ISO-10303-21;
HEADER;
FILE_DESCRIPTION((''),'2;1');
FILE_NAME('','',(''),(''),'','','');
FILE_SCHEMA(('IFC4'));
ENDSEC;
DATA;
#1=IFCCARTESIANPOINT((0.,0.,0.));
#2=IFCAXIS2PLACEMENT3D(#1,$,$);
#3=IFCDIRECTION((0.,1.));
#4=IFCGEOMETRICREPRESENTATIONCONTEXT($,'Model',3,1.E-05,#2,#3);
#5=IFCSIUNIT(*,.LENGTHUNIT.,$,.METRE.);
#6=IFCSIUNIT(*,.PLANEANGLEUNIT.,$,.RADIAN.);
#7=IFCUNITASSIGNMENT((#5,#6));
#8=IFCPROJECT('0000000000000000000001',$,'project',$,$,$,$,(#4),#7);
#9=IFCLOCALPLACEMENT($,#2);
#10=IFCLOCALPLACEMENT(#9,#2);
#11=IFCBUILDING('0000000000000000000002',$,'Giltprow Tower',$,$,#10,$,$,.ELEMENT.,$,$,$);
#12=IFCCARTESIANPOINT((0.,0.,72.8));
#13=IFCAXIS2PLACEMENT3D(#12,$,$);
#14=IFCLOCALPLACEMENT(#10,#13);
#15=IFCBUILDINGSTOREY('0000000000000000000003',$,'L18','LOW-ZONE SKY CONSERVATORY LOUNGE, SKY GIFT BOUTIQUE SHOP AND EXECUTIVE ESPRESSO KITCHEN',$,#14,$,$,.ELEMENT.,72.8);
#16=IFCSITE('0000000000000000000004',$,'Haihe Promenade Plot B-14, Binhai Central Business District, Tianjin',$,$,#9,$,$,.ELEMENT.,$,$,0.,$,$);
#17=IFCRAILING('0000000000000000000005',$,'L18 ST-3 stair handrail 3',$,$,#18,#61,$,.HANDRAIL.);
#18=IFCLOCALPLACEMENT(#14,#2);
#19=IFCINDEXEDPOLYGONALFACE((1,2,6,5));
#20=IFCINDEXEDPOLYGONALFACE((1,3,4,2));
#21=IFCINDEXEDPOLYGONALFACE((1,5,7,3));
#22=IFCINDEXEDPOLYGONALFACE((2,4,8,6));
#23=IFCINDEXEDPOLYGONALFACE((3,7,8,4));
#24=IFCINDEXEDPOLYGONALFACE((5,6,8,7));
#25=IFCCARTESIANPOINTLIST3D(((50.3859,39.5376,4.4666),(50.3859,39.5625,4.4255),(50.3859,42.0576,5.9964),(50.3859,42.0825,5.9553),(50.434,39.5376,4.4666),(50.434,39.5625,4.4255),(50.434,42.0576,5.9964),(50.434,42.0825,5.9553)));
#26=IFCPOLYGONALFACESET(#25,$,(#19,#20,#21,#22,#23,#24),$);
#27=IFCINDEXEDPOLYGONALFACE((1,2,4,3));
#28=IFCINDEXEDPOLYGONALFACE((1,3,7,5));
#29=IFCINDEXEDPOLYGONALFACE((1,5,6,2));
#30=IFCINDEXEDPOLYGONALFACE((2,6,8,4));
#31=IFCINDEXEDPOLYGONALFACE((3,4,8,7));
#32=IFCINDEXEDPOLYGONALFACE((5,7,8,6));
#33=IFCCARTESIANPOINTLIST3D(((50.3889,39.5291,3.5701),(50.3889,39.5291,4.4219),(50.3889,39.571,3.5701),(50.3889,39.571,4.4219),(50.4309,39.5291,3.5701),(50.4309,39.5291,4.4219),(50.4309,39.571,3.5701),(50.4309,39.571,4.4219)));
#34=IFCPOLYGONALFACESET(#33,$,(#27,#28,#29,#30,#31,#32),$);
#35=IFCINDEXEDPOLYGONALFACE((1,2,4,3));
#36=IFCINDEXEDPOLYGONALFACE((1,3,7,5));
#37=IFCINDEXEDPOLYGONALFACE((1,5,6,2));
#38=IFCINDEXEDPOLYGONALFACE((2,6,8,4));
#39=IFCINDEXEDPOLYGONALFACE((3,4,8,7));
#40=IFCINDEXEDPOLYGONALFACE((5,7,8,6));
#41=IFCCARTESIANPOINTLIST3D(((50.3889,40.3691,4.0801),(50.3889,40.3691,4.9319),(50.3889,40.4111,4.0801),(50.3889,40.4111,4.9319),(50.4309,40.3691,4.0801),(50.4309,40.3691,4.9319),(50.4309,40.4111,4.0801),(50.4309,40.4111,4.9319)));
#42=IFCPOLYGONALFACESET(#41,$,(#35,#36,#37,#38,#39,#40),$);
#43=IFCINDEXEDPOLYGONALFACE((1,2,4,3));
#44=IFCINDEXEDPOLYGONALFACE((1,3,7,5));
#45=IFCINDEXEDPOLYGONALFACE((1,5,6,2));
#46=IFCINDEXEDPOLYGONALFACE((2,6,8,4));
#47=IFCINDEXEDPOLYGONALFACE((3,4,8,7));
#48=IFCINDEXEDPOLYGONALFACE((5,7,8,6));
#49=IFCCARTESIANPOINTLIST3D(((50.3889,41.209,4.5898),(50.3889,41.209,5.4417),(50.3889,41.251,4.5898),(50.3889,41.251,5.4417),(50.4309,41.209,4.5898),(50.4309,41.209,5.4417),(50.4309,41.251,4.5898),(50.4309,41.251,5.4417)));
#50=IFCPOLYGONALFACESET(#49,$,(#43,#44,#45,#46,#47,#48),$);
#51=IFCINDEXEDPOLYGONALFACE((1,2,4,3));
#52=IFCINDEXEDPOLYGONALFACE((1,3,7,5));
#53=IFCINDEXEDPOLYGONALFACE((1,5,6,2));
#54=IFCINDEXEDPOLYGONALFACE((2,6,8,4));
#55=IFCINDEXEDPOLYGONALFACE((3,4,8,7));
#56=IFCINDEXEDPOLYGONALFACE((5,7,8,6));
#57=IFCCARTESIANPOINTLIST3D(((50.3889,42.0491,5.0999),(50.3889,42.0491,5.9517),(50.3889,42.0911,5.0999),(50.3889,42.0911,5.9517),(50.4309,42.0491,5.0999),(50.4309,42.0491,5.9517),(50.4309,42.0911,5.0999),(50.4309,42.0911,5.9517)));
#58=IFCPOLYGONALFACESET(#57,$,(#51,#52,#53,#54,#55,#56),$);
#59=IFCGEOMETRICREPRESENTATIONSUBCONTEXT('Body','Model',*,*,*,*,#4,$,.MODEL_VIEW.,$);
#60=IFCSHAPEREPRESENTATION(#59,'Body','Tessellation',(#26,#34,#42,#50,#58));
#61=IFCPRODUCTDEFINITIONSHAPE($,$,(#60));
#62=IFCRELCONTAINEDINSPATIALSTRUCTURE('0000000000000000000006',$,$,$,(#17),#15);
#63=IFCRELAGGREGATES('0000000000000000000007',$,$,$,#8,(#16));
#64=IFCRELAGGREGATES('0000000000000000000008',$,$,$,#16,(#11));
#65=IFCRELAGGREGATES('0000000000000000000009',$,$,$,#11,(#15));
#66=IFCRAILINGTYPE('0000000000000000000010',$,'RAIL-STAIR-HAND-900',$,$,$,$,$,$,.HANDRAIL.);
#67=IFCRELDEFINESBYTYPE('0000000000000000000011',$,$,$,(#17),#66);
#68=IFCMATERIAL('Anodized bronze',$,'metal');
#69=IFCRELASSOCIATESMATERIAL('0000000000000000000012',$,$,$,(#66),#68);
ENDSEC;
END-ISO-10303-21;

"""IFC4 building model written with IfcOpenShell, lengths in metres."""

from ifc_helpers import new_model, si_unit, direction, frame, origin, origin_2d, place, context, subcontext, project, spatial, rectangle, extrude, material, type_object, element, save


model = new_model("IFC4")

# Units and contexts
model_context = context("Model", 3, precision=1e-05, world=origin(), true_north=direction((0.0, 1.0)))
body_context = subcontext(model_context, "Body", "Model", "MODEL_VIEW")
ifc_project = project(units=[si_unit("LENGTHUNIT", "METRE"), si_unit("PLANEANGLEUNIT", "RADIAN")], contexts=[model_context])

# Site, building, storey
site_placement = place(None, origin())
site = spatial("IfcSite", under=ifc_project, at=site_placement, Name="Haihe Promenade Plot B-14, Binhai Central Business District, Tianjin", CompositionType="ELEMENT", RefElevation=0.0)
building_placement = place(site_placement, origin())
building = spatial("IfcBuilding", under=site, at=building_placement, Name="Giltprow Tower", CompositionType="ELEMENT")
storey_placement = place(building_placement, frame((0.0, 0.0, 72.8)))
storey = spatial("IfcBuildingStorey", under=building, at=storey_placement, Name="L18", Description="LOW-ZONE SKY CONSERVATORY LOUNGE, SKY GIFT BOUTIQUE SHOP AND EXECUTIVE ESPRESSO KITCHEN", CompositionType="ELEMENT", Elevation=72.8)

# Railing
ifc_material_1 = material(Name="Anodized bronze", Category="metal")
railing_type_1 = type_object("IfcRailingType", Name="RAIL-STAIR-HAND-900", PredefinedType="HANDRAIL", material=ifc_material_1)
railing_1_placement = place(storey_placement, frame((50.4099, 39.55, 3.5701)))
element("IfcRailing", 1, at=railing_1_placement, inside=storey, type_object=railing_type_1, Name="L18 ST-3 stair handrail 3", PredefinedType="HANDRAIL", context=body_context, shape_type="SweptSolid", body=[
    extrude(rectangle(XDim=0.0481, YDim=0.0481, at=origin_2d()), frame((0.0, 0.0, 0.876), z_axis=(0.0, 0.854822, 0.518922), x_axis=(-1.0, 0.0, 0.0)), (0.0, 0.0, 1.0), 2.948),
    extrude(rectangle(XDim=0.042, YDim=0.042, at=origin_2d()), origin(), (0.0, 0.0, 1.0), 0.8518),
    extrude(rectangle(XDim=0.042, YDim=0.042, at=origin_2d()), frame((0.0, 0.8401, 0.51)), (0.0, 0.0, 1.0), 0.8518),
    extrude(rectangle(XDim=0.042, YDim=0.042, at=origin_2d()), frame((0.0, 1.6799, 1.0198)), (0.0, 0.0, 1.0), 0.8518),
    extrude(rectangle(XDim=0.042, YDim=0.042, at=origin_2d()), frame((0.0, 2.52, 1.5298)), (0.0, 0.0, 1.0), 0.8518),
])

save(model, "model.ifc")
